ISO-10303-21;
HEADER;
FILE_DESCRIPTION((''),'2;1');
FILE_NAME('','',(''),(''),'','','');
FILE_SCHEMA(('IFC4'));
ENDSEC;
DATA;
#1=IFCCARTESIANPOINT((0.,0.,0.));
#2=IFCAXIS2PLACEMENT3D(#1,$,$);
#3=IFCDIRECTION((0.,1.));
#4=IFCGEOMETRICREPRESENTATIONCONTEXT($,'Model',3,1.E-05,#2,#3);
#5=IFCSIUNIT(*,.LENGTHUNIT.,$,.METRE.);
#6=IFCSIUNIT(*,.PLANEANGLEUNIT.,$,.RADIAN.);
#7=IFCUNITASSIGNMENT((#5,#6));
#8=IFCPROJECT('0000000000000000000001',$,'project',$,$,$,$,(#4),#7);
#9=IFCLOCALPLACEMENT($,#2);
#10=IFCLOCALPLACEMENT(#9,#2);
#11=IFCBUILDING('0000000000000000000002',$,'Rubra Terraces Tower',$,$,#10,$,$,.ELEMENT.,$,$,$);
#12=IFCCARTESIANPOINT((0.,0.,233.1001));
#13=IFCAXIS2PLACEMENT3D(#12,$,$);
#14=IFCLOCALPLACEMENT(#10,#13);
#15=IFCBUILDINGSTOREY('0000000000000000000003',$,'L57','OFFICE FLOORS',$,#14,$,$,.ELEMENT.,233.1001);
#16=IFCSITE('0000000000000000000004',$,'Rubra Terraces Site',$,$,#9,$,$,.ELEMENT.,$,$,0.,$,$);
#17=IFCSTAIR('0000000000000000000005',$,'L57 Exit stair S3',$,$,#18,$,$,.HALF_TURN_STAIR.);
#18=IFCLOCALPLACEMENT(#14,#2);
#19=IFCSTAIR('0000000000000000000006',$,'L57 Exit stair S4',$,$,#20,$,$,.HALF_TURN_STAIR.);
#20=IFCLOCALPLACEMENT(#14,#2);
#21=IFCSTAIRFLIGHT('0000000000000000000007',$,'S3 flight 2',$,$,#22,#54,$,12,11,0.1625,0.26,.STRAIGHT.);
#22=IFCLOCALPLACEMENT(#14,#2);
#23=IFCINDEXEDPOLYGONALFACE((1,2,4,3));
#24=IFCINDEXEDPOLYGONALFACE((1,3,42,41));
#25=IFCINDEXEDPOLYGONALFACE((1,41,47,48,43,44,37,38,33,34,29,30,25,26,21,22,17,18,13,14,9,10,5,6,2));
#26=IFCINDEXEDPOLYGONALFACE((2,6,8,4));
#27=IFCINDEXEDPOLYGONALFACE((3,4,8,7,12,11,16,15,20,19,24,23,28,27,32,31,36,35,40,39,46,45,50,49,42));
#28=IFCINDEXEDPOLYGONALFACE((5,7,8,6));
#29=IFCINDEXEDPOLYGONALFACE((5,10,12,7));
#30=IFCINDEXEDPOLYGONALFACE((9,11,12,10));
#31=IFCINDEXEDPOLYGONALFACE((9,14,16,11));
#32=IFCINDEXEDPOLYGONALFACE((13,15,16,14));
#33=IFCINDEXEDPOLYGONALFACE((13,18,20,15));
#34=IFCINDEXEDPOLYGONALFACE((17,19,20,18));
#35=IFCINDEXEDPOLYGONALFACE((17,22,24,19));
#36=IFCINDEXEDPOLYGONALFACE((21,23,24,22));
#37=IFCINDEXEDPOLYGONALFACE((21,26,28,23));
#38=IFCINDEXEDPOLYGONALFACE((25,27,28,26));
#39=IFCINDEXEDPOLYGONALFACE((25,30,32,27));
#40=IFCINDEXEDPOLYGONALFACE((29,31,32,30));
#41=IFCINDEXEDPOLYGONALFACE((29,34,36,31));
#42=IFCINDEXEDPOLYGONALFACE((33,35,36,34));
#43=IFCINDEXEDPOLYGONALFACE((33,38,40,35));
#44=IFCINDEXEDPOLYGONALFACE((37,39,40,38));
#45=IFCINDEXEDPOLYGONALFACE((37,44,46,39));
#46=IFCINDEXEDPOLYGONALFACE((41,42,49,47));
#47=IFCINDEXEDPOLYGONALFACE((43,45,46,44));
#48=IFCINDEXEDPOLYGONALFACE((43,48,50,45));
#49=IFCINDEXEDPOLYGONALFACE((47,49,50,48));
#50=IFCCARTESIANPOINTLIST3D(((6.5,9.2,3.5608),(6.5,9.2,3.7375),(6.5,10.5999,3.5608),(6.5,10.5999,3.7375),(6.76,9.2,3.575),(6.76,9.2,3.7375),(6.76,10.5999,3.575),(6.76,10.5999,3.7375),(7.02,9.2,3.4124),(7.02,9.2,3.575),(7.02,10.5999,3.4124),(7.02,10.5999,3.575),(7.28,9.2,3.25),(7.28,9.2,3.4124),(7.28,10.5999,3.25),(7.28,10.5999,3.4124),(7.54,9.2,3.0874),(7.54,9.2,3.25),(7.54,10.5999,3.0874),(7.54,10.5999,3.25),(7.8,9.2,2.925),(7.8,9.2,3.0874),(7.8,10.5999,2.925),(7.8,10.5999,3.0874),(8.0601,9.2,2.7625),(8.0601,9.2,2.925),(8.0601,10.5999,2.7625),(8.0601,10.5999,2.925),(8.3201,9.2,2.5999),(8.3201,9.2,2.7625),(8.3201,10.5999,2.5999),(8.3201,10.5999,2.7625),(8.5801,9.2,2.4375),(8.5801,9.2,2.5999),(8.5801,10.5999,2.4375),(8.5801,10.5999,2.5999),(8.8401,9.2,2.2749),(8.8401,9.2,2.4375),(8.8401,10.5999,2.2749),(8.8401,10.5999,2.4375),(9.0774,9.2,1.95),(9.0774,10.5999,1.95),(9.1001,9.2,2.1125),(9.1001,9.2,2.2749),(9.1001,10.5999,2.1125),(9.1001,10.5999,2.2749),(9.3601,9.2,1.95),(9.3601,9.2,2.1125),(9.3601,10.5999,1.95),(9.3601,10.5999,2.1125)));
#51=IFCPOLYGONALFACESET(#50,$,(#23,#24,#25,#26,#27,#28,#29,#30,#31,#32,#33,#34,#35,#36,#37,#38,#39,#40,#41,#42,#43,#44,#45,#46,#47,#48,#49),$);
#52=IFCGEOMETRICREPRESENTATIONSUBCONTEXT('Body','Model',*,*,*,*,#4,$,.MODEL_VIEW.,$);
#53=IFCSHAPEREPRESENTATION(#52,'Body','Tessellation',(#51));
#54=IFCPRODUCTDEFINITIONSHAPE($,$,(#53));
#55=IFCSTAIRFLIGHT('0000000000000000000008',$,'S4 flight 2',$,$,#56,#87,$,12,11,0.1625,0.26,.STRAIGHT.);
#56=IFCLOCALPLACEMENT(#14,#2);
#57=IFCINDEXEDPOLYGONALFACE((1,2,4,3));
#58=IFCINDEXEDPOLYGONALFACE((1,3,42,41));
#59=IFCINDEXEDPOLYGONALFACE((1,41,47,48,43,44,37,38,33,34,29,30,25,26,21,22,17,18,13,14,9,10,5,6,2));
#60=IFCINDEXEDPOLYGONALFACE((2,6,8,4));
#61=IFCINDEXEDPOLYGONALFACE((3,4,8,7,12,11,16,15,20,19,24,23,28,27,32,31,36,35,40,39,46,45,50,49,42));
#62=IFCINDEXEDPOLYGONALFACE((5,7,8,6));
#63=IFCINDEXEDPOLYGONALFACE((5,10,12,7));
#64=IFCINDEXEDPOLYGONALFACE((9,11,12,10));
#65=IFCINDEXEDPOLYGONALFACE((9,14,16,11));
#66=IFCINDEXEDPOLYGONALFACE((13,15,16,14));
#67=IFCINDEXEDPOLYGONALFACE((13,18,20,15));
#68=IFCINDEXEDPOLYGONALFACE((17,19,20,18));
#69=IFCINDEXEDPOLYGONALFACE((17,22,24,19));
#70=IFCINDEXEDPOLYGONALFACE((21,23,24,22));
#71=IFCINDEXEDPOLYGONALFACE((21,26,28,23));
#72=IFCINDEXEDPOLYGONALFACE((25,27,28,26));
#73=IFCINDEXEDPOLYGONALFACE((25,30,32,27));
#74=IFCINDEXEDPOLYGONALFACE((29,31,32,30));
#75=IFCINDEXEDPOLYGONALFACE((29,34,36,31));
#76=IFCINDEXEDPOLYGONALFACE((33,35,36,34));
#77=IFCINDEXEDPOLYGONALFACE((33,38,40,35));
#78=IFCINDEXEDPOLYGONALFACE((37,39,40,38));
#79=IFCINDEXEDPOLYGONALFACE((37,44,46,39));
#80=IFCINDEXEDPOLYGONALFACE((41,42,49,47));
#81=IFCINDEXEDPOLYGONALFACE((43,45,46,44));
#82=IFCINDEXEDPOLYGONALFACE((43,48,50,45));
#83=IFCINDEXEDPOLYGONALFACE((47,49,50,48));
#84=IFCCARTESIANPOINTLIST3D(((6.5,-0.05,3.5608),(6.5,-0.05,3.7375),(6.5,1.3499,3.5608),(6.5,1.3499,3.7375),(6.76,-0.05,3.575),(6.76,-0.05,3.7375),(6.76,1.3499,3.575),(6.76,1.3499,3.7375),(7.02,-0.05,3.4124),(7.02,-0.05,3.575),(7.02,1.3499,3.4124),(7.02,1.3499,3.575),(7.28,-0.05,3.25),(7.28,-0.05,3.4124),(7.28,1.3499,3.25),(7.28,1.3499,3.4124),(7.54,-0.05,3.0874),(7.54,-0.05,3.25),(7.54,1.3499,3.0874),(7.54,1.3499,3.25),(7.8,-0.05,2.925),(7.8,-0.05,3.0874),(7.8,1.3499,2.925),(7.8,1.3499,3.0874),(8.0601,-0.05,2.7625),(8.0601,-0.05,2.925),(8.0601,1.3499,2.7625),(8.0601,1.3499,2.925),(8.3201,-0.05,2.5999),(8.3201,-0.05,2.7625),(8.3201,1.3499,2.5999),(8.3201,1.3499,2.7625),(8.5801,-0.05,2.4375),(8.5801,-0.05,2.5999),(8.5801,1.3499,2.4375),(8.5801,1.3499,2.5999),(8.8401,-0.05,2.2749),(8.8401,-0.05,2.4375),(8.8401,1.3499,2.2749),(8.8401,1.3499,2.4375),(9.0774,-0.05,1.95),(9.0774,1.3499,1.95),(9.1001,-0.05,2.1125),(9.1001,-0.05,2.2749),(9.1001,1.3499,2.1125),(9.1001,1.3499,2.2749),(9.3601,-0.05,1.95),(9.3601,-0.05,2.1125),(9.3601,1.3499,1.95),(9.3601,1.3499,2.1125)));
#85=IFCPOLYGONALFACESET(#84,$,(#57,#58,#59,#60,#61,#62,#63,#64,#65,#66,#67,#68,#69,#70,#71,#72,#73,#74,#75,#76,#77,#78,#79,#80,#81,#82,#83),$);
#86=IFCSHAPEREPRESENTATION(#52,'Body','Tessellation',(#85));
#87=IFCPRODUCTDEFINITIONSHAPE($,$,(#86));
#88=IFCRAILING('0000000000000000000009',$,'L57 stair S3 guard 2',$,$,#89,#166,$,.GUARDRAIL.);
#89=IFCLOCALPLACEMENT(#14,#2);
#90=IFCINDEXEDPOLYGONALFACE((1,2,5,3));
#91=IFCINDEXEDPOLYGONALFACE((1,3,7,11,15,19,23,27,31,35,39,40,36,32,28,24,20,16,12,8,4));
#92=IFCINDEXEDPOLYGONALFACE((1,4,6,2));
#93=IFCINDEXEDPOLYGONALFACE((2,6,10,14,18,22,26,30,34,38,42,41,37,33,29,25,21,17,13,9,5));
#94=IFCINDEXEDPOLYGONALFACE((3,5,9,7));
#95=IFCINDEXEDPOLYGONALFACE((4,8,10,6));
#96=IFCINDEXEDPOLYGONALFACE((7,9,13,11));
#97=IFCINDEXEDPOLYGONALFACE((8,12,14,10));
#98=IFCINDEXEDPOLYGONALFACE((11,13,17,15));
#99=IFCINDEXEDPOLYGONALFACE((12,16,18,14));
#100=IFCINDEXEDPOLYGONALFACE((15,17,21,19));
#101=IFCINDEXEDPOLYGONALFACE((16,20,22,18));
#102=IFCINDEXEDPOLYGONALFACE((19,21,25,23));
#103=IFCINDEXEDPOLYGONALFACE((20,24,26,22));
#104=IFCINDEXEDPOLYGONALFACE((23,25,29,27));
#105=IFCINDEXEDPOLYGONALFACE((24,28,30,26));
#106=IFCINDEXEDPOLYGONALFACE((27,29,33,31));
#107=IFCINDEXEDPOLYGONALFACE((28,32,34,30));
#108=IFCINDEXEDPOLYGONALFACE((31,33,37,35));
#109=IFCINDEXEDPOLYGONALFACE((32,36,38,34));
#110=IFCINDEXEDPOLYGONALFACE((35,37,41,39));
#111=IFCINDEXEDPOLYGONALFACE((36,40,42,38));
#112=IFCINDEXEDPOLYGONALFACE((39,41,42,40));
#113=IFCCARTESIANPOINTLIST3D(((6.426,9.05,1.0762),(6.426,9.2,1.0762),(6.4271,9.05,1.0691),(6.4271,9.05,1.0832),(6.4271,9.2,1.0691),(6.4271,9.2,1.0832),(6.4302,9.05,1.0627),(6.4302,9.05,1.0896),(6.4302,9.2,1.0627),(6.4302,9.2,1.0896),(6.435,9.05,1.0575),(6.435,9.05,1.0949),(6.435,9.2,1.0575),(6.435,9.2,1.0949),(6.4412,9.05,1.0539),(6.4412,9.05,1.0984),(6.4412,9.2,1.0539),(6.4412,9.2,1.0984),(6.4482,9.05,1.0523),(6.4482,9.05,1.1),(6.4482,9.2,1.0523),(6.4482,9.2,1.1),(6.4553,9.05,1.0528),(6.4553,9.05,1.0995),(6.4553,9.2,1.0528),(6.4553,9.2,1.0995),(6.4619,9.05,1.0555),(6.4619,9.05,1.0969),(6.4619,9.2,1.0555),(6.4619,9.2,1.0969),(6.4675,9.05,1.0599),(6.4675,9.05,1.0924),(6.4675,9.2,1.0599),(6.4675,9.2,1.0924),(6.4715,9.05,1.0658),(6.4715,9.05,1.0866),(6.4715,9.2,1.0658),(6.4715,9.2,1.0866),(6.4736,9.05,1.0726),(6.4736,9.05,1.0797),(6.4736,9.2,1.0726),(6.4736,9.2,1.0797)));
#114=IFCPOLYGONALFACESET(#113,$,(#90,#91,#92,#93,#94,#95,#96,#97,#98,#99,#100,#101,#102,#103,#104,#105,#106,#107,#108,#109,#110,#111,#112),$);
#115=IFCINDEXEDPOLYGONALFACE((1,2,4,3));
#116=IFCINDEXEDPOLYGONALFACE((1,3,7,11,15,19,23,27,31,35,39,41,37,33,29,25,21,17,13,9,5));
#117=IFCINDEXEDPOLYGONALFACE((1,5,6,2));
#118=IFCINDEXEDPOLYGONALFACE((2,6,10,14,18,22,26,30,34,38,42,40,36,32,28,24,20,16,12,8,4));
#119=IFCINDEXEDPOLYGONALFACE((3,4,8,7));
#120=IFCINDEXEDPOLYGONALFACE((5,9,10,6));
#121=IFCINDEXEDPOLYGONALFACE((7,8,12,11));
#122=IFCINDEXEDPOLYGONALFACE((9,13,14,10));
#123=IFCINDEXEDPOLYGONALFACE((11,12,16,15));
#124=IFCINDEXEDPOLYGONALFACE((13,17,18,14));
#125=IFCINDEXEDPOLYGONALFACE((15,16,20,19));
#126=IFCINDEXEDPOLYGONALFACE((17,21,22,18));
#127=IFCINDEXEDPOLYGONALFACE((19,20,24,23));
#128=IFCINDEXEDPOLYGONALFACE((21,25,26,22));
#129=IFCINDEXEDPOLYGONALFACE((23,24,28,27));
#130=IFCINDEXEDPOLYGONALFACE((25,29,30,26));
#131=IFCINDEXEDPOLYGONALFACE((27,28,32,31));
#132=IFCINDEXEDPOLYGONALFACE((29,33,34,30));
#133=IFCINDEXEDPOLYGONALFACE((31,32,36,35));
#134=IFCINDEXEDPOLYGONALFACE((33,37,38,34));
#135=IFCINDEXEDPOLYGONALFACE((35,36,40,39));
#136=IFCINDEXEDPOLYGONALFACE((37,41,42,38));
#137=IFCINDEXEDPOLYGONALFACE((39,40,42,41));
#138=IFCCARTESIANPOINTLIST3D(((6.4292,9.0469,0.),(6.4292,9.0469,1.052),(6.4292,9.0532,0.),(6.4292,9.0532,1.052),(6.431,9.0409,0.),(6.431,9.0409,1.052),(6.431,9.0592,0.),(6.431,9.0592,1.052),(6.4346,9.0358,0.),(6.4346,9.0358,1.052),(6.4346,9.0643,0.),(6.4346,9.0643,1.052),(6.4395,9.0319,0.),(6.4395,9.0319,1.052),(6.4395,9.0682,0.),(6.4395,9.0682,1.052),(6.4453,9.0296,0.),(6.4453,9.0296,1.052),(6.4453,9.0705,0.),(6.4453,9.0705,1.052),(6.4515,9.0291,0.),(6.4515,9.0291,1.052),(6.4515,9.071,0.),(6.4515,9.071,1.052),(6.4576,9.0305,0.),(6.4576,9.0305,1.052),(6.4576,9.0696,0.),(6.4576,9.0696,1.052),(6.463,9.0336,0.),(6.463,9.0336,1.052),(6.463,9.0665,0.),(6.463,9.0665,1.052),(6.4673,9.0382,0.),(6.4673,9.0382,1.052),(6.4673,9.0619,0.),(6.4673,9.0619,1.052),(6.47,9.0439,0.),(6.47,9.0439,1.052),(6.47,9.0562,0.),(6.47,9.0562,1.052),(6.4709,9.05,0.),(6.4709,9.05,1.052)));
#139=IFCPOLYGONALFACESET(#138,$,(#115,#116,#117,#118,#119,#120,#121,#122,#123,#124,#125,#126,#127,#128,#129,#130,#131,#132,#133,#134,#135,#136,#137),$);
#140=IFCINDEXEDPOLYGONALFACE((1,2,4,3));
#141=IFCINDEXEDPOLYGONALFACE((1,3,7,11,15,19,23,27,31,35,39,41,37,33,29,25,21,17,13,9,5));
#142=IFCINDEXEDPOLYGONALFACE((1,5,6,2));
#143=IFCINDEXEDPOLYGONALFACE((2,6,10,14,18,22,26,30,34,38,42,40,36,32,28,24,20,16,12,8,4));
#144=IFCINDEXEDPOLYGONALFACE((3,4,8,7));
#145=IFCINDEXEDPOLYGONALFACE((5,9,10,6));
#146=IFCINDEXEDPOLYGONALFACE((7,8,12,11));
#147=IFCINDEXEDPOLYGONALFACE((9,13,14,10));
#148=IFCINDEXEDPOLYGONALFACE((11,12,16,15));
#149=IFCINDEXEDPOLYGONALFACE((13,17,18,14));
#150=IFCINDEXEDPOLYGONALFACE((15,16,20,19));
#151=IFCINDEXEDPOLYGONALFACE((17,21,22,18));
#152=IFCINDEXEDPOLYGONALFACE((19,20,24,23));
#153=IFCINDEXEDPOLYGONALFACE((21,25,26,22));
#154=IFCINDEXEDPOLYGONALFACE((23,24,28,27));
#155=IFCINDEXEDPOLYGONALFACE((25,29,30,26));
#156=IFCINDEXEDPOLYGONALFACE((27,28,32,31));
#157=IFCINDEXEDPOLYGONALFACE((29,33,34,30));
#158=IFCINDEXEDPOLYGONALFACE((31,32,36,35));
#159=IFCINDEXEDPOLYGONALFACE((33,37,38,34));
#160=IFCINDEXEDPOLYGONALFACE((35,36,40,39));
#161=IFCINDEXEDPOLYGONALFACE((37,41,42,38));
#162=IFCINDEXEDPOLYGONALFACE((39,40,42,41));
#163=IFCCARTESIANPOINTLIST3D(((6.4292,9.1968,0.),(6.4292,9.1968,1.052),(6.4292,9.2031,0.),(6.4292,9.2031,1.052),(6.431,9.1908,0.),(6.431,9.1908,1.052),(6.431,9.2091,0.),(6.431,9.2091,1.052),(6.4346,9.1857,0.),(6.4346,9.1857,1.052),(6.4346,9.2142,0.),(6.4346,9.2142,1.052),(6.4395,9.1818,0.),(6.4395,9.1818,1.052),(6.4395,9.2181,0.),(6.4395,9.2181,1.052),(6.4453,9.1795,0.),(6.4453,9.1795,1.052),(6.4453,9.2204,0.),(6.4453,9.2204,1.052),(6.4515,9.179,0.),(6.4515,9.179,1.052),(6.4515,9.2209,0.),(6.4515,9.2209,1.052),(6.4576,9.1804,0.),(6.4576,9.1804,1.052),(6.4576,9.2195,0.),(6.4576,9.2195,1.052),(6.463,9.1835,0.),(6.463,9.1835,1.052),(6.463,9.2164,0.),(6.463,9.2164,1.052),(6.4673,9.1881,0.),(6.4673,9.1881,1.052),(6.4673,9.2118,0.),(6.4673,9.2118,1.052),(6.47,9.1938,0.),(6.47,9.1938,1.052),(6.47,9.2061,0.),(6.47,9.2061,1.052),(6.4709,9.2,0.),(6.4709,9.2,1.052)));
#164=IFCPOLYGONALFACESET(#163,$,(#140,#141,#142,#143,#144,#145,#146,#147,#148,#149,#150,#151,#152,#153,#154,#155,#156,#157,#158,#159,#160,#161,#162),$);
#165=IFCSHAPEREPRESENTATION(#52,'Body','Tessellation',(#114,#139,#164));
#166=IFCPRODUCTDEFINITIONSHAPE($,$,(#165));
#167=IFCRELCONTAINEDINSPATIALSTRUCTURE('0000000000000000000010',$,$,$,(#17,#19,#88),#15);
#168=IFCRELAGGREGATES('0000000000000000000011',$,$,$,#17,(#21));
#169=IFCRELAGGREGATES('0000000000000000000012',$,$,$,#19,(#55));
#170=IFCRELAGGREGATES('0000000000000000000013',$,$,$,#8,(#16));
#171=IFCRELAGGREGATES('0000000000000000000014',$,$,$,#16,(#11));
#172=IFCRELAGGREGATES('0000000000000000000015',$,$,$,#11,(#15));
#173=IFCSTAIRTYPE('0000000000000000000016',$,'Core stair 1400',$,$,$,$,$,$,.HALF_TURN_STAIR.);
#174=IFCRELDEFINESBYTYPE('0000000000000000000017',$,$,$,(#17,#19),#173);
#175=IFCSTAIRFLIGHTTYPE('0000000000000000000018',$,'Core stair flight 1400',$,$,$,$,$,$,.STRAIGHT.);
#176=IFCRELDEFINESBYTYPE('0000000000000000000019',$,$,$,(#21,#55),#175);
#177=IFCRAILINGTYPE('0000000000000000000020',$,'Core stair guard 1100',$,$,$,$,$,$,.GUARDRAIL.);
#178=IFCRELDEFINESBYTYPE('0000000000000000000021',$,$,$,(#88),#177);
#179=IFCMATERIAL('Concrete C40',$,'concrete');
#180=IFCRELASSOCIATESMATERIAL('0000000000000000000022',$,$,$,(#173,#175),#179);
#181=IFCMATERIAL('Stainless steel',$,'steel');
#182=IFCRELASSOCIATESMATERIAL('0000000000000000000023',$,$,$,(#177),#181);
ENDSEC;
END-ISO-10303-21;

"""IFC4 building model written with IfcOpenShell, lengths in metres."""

from ifc_helpers import new_model, si_unit, direction, frame, origin, origin_2d, place, context, subcontext, project, spatial, polyline, circle, outline, extrude, material, type_object, element, aggregate, save


model = new_model("IFC4")

# Units and contexts
model_context = context("Model", 3, precision=1e-05, world=origin(), true_north=direction((0.0, 1.0)))
body_context = subcontext(model_context, "Body", "Model", "MODEL_VIEW")
ifc_project = project(units=[si_unit("LENGTHUNIT", "METRE"), si_unit("PLANEANGLEUNIT", "RADIAN")], contexts=[model_context])

# Site, building, storey
site_placement = place(None, origin())
site = spatial("IfcSite", under=ifc_project, at=site_placement, Name="Rubra Terraces Site", CompositionType="ELEMENT", RefElevation=0.0)
building_placement = place(site_placement, origin())
building = spatial("IfcBuilding", under=site, at=building_placement, Name="Rubra Terraces Tower", CompositionType="ELEMENT")
storey_placement = place(building_placement, frame((0.0, 0.0, 233.1001)))
storey = spatial("IfcBuildingStorey", under=building, at=storey_placement, Name="L57", Description="OFFICE FLOORS", CompositionType="ELEMENT", Elevation=233.1001)

# Stairs
ifc_material_1 = material(Name="Concrete C40", Category="concrete")
stair_type = type_object("IfcStairType", Name="Core stair 1400", PredefinedType="HALF_TURN_STAIR", material=ifc_material_1)
stair_1_placement = place(storey_placement, origin())
stair_1 = element("IfcStair", 1, at=stair_1_placement, inside=storey, type_object=stair_type, Name="L57 Exit stair S3", PredefinedType="HALF_TURN_STAIR")
stair_2_placement = place(storey_placement, origin())
stair_2 = element("IfcStair", 2, at=stair_2_placement, inside=storey, type_object=stair_type, Name="L57 Exit stair S4", PredefinedType="HALF_TURN_STAIR")

# Shared definitions
ifc_material_2 = material(Name="Stainless steel", Category="steel")

# Stair flights
stair_flight_type = type_object("IfcStairFlightType", Name="Core stair flight 1400", PredefinedType="STRAIGHT", material=ifc_material_1)
stair_flight_1_placement = place(storey_placement, frame((9.3601, 9.8999, 1.95), z_axis=(0.0, 0.0, 1.0), x_axis=(-1.0, 0.0, 0.0)))
stair_flight_1 = element("IfcStairFlight", 3, at=stair_flight_1_placement, type_object=stair_flight_type, Name="S3 flight 2", NumberOfRisers=12, NumberOfTreads=11, PredefinedType="STRAIGHT", RiserHeight=0.1625, TreadLength=0.26, context=body_context, shape_type="SweptSolid", body=[
    extrude(outline(polyline([(0.0, 0.0), (0.0, 0.1626), (0.26, 0.1626), (0.26, 0.325), (0.52, 0.325), (0.52, 0.4875), (0.78, 0.4875), (0.78, 0.6499), (1.04, 0.6499), (1.04, 0.8125), (1.3, 0.8125), (1.3, 0.9751), (1.5601, 0.9751), (1.5601, 1.1375), (1.8201, 1.1375), (1.8201, 1.3), (2.0801, 1.3), (2.0801, 1.4624), (2.3401, 1.4624), (2.3401, 1.625), (2.6001, 1.625), (2.6001, 1.7876), (2.8601, 1.7876), (2.8601, 1.95), (2.8601, 1.6108), (0.2827, 0.0), (0.0, 0.0)])), frame((0.0, 0.7, 0.0), z_axis=(0.0, -1.0, 0.0), x_axis=(1.0, 0.0, 0.0)), (0.0, 0.0, 1.0), 1.3999),
])
aggregate(stair_1, [stair_flight_1])
stair_flight_2_placement = place(storey_placement, frame((9.3601, 0.6499, 1.95), z_axis=(0.0, 0.0, 1.0), x_axis=(-1.0, 0.0, 0.0)))
stair_flight_2 = element("IfcStairFlight", 4, at=stair_flight_2_placement, type_object=stair_flight_type, Name="S4 flight 2", NumberOfRisers=12, NumberOfTreads=11, PredefinedType="STRAIGHT", RiserHeight=0.1625, TreadLength=0.26, context=body_context, shape_type="SweptSolid", body=[
    extrude(outline(polyline([(0.0, 0.0), (0.0, 0.1626), (0.26, 0.1626), (0.26, 0.325), (0.52, 0.325), (0.52, 0.4875), (0.78, 0.4875), (0.78, 0.6499), (1.04, 0.6499), (1.04, 0.8125), (1.3, 0.8125), (1.3, 0.9751), (1.5601, 0.9751), (1.5601, 1.1375), (1.8201, 1.1375), (1.8201, 1.3), (2.0801, 1.3), (2.0801, 1.4624), (2.3401, 1.4624), (2.3401, 1.625), (2.6001, 1.625), (2.6001, 1.7876), (2.8601, 1.7876), (2.8601, 1.95), (2.8601, 1.6108), (0.2827, 0.0), (0.0, 0.0)])), frame((0.0, 0.7, 0.0), z_axis=(0.0, -1.0, 0.0), x_axis=(1.0, 0.0, 0.0)), (0.0, 0.0, 1.0), 1.3999),
])
aggregate(stair_2, [stair_flight_2])

# Railing
railing_type_1 = type_object("IfcRailingType", Name="Core stair guard 1100", PredefinedType="GUARDRAIL", material=ifc_material_2)
railing_1_placement = place(storey_placement, frame((6.45, 9.05, 0.0)))
element("IfcRailing", 5, at=railing_1_placement, inside=storey, type_object=railing_type_1, Name="L57 stair S3 guard 2", PredefinedType="GUARDRAIL", context=body_context, shape_type="SweptSolid", body=[
    extrude(circle(Radius=0.0239, at=origin_2d()), frame((0.0, 0.0, 1.0762), z_axis=(0.0, 1.0, 0.0), x_axis=(-1.0, 0.0, 0.0)), (0.0, 0.0, 1.0), 0.1499),
    extrude(circle(Radius=0.021, at=origin_2d()), origin(), (0.0, 0.0, 1.0), 1.052),
    extrude(circle(Radius=0.021, at=origin_2d()), frame((0.0, 0.1499, 0.0)), (0.0, 0.0, 1.0), 1.052),
])

save(model, "model.ifc")
